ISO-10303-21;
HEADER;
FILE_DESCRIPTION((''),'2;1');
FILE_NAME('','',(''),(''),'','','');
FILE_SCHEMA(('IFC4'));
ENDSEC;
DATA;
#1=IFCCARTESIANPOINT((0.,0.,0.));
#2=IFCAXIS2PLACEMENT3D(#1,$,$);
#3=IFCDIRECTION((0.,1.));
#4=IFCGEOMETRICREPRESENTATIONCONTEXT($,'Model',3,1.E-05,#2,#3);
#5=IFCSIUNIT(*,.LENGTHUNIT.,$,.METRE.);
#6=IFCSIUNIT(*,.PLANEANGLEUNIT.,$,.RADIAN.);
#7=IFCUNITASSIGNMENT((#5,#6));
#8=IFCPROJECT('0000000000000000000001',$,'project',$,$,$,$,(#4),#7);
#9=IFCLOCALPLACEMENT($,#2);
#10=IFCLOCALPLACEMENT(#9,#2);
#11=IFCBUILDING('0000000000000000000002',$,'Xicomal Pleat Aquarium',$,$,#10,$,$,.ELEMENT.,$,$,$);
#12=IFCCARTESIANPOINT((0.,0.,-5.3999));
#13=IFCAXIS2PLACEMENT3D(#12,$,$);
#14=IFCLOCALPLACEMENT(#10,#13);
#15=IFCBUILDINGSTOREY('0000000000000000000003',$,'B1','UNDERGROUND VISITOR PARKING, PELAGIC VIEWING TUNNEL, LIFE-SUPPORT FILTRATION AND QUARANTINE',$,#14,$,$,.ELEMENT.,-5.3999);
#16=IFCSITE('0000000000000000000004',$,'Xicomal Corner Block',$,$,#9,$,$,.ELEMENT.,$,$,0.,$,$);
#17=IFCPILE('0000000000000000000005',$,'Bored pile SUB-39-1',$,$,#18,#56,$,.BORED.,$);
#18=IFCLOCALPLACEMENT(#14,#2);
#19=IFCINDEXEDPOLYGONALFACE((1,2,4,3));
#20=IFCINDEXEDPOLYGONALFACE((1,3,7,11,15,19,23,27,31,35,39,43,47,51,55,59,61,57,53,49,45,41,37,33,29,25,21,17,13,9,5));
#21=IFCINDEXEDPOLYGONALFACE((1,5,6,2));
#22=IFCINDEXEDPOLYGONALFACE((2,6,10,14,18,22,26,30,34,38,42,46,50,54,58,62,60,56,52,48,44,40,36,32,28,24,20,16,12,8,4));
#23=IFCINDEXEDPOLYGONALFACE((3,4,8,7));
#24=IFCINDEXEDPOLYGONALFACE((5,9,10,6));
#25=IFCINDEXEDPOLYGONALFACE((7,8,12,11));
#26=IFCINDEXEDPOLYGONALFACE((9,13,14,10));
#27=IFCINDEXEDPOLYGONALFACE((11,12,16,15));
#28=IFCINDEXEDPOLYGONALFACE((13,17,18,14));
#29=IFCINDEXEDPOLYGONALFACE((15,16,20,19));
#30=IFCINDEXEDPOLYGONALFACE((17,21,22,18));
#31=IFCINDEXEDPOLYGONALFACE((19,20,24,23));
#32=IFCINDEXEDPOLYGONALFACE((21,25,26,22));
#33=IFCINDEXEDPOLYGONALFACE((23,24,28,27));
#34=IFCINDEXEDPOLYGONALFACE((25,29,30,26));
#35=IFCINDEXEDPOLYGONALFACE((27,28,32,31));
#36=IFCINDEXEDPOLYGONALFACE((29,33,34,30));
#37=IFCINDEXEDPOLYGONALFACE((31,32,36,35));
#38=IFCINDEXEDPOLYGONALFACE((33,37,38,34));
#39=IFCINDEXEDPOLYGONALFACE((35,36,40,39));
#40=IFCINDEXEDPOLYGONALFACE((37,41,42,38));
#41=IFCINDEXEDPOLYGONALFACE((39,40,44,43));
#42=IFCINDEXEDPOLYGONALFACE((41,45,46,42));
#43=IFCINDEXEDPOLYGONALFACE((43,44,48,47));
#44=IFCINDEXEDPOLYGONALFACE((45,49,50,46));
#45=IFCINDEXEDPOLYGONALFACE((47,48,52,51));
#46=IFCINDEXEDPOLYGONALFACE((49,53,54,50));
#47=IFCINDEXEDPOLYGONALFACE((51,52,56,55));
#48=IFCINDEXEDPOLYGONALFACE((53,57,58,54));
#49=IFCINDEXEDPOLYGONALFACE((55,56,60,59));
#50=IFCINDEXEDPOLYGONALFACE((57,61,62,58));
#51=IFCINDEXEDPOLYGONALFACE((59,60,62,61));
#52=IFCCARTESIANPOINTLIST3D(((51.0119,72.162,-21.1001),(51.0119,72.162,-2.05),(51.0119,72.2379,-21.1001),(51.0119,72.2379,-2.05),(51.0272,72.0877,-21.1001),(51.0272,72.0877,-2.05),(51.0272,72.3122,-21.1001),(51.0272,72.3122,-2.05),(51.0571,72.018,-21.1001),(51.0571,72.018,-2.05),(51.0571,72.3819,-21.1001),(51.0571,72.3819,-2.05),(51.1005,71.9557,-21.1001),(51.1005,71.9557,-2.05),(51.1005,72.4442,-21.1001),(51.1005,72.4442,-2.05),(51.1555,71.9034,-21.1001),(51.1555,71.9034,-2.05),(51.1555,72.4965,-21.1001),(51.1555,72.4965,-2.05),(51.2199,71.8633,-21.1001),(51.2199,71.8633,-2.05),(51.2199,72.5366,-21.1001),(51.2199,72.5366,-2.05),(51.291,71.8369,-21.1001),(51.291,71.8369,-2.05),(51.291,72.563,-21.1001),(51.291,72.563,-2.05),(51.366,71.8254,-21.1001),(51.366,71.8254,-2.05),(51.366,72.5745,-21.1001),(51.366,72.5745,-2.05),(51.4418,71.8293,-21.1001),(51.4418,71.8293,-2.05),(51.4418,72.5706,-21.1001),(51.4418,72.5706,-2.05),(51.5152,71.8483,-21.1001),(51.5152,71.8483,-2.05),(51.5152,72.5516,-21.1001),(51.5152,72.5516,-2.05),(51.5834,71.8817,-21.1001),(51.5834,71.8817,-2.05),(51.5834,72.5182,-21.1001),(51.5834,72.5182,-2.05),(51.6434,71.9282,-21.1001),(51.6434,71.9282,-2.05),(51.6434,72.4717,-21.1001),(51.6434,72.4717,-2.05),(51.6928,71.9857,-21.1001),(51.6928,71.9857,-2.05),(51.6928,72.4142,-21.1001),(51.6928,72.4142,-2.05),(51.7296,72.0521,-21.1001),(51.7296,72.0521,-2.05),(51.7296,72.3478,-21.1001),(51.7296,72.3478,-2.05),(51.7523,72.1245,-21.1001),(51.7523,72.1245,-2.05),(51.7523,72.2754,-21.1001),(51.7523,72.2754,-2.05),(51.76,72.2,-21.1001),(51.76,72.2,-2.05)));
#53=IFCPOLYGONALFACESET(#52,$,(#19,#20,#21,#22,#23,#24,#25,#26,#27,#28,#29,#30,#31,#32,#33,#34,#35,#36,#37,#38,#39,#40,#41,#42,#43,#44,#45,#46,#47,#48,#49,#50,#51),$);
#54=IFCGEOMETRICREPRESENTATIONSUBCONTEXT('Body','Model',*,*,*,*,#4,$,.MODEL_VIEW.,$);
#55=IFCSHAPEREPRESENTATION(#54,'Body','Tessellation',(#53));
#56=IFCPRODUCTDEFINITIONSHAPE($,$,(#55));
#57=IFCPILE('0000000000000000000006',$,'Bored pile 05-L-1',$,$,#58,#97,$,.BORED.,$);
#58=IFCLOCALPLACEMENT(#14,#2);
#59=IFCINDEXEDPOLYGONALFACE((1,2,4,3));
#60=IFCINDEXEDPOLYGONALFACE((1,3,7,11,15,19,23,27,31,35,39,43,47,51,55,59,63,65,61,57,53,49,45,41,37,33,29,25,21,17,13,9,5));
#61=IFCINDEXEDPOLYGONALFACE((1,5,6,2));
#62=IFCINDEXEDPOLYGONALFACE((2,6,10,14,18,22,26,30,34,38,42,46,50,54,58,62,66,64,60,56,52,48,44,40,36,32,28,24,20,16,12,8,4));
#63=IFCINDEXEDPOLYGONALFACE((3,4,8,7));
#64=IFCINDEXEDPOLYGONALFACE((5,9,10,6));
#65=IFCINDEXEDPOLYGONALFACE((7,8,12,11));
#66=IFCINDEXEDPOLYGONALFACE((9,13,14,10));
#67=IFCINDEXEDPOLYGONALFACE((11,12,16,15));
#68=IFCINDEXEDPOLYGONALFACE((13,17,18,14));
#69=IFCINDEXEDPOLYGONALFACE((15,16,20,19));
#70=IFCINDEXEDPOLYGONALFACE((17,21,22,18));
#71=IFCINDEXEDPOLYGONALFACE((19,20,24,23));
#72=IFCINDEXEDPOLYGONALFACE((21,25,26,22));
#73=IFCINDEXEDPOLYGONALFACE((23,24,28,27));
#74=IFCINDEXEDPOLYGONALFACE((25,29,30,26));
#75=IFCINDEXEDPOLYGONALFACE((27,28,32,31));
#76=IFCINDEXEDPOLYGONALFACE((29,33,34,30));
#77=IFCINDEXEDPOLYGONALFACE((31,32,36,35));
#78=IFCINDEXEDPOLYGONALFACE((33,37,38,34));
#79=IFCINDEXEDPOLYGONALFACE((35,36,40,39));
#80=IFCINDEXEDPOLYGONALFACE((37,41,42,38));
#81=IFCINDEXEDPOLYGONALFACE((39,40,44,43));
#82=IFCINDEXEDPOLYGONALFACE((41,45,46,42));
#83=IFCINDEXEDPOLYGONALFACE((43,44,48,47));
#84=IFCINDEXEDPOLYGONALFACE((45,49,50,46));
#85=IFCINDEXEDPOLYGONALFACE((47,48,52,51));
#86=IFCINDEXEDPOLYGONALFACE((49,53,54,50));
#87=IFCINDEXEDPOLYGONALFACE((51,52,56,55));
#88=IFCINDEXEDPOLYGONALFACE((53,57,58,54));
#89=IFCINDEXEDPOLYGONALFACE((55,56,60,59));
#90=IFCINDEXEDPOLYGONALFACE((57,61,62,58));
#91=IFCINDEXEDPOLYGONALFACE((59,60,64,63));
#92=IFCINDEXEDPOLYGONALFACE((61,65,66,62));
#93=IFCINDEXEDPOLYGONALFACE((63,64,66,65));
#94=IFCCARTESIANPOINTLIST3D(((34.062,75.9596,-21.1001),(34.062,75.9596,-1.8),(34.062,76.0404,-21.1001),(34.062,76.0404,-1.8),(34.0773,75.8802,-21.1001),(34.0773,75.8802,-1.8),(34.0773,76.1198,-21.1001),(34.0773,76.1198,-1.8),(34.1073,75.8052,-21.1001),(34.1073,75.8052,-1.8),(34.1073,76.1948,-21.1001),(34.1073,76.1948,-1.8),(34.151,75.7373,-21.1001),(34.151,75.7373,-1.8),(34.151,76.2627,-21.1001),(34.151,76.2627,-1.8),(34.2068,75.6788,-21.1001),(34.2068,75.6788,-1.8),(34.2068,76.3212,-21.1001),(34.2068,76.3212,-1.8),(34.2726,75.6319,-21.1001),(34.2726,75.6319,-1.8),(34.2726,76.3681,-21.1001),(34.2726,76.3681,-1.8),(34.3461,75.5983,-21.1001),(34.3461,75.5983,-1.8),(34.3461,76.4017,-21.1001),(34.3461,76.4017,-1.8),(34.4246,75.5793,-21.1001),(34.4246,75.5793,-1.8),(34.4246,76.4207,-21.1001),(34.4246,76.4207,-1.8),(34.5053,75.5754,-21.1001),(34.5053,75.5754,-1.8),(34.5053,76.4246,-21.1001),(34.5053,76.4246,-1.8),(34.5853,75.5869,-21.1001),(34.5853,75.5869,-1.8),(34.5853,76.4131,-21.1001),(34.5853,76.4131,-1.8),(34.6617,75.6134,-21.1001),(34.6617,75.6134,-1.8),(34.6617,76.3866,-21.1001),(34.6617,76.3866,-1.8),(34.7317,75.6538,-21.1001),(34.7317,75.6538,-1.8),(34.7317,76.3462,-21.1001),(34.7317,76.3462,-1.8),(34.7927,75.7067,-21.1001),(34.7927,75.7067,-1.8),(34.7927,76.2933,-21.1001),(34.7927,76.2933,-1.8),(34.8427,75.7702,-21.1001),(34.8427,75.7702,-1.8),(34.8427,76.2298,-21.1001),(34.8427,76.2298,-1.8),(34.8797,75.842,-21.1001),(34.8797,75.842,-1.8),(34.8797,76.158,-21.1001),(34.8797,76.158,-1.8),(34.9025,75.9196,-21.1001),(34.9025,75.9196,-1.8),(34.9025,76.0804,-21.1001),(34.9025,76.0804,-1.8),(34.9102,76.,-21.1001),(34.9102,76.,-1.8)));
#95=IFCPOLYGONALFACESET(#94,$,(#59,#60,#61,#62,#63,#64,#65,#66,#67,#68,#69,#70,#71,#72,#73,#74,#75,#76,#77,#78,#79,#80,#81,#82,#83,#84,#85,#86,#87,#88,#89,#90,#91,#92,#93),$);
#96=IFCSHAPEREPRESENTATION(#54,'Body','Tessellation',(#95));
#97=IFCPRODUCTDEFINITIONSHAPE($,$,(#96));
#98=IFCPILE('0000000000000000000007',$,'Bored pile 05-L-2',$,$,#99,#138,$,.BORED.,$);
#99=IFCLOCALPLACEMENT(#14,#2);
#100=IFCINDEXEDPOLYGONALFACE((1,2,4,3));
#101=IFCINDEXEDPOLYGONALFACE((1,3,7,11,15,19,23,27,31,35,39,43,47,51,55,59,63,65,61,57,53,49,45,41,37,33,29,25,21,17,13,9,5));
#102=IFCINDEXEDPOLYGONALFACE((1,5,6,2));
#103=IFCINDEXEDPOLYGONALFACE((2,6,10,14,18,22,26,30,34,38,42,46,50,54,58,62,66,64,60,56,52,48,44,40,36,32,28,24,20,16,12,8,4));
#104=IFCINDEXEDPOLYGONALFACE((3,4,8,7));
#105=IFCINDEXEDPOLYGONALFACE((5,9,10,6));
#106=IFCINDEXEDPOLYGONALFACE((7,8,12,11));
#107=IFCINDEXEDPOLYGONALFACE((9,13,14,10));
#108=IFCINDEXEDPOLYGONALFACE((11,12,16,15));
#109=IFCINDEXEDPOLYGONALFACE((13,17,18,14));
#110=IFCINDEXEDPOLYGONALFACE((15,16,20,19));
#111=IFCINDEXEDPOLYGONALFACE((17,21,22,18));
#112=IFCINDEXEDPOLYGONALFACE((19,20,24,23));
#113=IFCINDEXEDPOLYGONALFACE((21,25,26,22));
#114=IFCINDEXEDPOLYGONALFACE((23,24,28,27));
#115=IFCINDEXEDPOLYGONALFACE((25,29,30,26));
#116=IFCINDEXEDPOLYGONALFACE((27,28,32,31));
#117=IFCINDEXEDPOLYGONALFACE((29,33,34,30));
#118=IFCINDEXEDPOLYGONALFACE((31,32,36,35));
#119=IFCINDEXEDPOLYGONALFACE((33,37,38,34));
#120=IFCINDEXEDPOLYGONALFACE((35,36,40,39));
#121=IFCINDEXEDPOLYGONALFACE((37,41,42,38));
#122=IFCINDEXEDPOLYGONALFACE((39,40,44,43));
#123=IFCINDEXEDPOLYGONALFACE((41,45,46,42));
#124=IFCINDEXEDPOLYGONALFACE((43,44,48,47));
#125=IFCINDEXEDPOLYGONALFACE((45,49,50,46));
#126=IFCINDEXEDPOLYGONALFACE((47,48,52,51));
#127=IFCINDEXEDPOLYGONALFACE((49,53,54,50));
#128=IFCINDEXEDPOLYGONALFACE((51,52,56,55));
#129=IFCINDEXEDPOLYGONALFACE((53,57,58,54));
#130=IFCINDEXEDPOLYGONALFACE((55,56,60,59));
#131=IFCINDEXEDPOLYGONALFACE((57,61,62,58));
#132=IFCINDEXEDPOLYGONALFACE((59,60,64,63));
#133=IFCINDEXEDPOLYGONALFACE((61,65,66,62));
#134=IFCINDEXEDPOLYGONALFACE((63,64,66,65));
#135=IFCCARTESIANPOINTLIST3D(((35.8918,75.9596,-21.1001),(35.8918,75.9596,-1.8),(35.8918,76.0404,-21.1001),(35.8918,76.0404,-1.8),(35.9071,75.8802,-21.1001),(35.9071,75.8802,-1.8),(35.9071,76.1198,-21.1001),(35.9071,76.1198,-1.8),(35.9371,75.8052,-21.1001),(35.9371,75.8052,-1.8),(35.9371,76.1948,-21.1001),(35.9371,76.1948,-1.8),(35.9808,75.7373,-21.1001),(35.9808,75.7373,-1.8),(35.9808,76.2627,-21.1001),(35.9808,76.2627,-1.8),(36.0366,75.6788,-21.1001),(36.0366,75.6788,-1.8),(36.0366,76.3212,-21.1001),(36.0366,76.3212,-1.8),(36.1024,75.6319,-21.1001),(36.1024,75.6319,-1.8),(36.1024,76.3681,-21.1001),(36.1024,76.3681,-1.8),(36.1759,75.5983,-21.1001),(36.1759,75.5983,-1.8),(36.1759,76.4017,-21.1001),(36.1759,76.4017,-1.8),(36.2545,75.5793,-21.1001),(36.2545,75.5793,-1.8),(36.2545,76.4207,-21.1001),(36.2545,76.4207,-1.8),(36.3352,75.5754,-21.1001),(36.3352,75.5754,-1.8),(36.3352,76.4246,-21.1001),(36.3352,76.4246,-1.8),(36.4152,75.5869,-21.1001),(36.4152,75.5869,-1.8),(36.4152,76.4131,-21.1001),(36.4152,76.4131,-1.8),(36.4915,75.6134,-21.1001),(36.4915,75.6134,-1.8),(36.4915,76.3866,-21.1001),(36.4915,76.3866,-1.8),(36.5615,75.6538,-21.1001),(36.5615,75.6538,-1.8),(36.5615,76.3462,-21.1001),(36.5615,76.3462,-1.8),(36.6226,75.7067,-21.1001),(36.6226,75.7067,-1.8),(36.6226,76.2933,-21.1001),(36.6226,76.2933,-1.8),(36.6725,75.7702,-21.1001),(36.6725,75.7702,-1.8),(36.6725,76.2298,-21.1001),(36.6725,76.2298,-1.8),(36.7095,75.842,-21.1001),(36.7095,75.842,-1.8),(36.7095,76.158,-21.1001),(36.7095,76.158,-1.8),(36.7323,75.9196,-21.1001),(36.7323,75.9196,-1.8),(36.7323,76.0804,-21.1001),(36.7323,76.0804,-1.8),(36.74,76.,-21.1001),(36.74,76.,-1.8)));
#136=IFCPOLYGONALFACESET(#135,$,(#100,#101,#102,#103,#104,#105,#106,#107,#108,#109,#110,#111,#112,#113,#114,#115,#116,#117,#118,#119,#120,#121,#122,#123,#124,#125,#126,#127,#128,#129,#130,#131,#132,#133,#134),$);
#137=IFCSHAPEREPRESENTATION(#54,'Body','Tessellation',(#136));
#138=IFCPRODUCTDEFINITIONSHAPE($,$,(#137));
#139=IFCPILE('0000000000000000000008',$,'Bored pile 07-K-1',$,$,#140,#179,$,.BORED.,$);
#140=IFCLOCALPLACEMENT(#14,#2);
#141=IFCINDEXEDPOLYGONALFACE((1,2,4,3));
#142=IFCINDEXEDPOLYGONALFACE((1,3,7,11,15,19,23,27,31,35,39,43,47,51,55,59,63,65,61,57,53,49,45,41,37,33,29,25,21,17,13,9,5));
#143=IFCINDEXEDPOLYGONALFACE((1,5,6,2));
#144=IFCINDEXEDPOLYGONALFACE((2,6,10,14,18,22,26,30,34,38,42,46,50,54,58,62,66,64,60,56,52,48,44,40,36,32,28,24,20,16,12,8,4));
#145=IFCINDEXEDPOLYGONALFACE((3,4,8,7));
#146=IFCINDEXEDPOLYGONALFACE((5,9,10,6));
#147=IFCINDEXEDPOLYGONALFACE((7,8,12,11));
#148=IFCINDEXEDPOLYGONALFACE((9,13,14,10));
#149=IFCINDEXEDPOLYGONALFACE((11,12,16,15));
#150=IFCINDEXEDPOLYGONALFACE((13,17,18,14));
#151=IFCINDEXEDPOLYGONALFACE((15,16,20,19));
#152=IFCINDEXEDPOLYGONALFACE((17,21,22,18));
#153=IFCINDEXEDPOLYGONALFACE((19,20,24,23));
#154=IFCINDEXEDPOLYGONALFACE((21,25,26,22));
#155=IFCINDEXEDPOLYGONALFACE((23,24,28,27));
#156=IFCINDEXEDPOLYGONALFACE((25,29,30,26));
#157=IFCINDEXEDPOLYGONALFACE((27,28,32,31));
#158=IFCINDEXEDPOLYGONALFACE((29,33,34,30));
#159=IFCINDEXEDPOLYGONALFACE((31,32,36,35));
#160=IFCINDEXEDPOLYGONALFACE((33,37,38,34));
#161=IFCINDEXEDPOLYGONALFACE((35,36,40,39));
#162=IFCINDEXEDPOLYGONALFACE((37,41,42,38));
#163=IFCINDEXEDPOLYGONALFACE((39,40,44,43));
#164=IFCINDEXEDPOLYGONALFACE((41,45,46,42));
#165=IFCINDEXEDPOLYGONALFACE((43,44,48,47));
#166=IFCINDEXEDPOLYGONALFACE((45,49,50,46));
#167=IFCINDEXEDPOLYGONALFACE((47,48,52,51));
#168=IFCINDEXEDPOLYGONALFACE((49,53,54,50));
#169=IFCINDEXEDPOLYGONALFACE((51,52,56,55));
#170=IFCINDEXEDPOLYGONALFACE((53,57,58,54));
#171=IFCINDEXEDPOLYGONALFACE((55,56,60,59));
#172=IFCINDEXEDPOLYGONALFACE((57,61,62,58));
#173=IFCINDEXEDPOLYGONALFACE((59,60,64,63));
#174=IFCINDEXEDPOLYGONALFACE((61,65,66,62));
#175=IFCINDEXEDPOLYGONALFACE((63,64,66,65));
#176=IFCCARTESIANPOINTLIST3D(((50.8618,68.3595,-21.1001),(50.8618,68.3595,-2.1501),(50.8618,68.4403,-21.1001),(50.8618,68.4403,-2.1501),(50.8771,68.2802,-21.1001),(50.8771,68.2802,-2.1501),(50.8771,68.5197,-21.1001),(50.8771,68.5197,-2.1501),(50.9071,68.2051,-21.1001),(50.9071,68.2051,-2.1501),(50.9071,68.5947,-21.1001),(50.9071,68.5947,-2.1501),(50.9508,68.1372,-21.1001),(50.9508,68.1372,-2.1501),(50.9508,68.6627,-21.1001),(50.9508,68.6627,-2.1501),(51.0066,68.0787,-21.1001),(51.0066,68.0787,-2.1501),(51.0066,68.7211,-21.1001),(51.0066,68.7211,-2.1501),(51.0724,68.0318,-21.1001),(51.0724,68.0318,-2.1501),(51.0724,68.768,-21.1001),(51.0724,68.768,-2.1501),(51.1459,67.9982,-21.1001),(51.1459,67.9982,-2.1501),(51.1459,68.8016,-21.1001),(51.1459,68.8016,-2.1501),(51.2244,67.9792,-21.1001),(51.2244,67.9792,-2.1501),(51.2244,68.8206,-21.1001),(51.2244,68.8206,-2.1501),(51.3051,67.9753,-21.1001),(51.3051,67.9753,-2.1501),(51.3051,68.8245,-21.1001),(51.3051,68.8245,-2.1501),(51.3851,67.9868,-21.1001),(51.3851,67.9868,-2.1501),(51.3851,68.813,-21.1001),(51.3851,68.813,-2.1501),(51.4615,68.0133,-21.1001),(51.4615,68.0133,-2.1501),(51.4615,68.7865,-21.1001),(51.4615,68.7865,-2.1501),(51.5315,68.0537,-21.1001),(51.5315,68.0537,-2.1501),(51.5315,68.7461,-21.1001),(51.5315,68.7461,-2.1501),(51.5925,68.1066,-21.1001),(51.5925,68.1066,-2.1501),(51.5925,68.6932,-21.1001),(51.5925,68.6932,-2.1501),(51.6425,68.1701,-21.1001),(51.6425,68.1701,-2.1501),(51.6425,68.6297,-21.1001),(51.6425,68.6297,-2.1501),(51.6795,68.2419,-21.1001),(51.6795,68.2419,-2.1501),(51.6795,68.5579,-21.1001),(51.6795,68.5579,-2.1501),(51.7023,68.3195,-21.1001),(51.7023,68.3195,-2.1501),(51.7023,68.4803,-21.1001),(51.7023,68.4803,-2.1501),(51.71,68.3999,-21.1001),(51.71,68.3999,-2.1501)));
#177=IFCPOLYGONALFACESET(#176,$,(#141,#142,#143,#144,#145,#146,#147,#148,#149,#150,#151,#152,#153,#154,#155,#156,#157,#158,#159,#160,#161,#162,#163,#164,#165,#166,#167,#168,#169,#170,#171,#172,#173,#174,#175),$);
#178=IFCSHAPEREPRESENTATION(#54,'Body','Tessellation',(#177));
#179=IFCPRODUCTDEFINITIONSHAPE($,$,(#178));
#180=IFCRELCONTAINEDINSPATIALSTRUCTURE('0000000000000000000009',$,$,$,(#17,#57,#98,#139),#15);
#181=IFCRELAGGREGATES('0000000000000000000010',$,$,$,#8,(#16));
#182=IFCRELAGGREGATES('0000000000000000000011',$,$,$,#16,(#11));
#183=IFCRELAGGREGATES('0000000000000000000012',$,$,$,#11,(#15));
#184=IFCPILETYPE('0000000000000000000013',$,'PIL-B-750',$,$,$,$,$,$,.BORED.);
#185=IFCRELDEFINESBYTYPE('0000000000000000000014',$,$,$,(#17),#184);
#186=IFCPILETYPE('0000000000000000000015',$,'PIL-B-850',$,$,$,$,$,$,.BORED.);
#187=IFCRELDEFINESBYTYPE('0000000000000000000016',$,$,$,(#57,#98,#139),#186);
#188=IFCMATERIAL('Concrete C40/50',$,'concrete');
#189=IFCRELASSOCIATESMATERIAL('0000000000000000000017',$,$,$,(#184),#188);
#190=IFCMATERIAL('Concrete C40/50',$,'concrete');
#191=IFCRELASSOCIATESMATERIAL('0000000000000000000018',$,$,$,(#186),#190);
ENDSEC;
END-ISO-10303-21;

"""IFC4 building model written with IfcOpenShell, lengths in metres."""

from ifc_helpers import new_model, si_unit, direction, frame, origin, origin_2d, place, context, subcontext, project, spatial, circle, extrude, material, material_profile, profile_set, type_object, element, save


model = new_model("IFC4")

# Units and contexts
model_context = context("Model", 3, precision=1e-05, world=origin(), true_north=direction((0.0, 1.0)))
body_context = subcontext(model_context, "Body", "Model", "MODEL_VIEW")
ifc_project = project(units=[si_unit("LENGTHUNIT", "METRE"), si_unit("PLANEANGLEUNIT", "RADIAN")], contexts=[model_context])

# Site, building, storey
site_placement = place(None, origin())
site = spatial("IfcSite", under=ifc_project, at=site_placement, Name="Xicomal Corner Block", CompositionType="ELEMENT", RefElevation=0.0)
building_placement = place(site_placement, origin())
building = spatial("IfcBuilding", under=site, at=building_placement, Name="Xicomal Pleat Aquarium", CompositionType="ELEMENT")
storey_placement = place(building_placement, frame((0.0, 0.0, -5.3999)))
storey = spatial("IfcBuildingStorey", under=building, at=storey_placement, Name="B1", Description="UNDERGROUND VISITOR PARKING, PELAGIC VIEWING TUNNEL, LIFE-SUPPORT FILTRATION AND QUARANTINE", CompositionType="ELEMENT", Elevation=-5.3999)

# Piles
ifc_material_1 = material(Name="Concrete C40/50", Category="concrete")
ifc_material_profile_1 = material_profile(ifc_material_1, circle(Radius=0.375, at=origin_2d()), Name="BORED PILE D750")
ifc_profile_set_1 = profile_set([ifc_material_profile_1], Name="Concrete C40/50")
pile_type_1 = type_object("IfcPileType", Name="PIL-B-750", PredefinedType="BORED", material=ifc_profile_set_1)
for number, where, z_axis, x_axis, name in (
    (1, (51.385, 72.2, -2.05), (0.0, 0.0, -1.0), (1.0, 0.0, 0.0), "Bored pile SUB-39-1"),
):
    element("IfcPile", number, at=place(storey_placement, frame(where, z_axis=z_axis, x_axis=x_axis)), inside=storey, type_object=pile_type_1, Name=name, PredefinedType="BORED", context=body_context, shape_type="SweptSolid", body=[
        extrude(circle(Radius=0.375, at=origin_2d()), origin(), (0.0, 0.0, 1.0), 19.05),
    ])
ifc_material_2 = material(Name="Concrete C40/50", Category="concrete")
ifc_material_profile_2 = material_profile(ifc_material_2, circle(Radius=0.425, at=origin_2d()), Name="BORED PILE D850")
ifc_profile_set_2 = profile_set([ifc_material_profile_2], Name="Concrete C40/50")
pile_type_2 = type_object("IfcPileType", Name="PIL-B-850", PredefinedType="BORED", material=ifc_profile_set_2)
for number, where, z_axis, x_axis, name in (
    (2, (34.4851, 76.0, -1.8), (0.0, 0.0, -1.0), (1.0, 0.0, 0.0), "Bored pile 05-L-1"),
    (3, (36.3149, 76.0, -1.8), (0.0, 0.0, -1.0), (1.0, 0.0, 0.0), "Bored pile 05-L-2"),
):
    element("IfcPile", number, at=place(storey_placement, frame(where, z_axis=z_axis, x_axis=x_axis)), inside=storey, type_object=pile_type_2, Name=name, PredefinedType="BORED", context=body_context, shape_type="SweptSolid", body=[
        extrude(circle(Radius=0.425, at=origin_2d()), origin(), (0.0, 0.0, 1.0), 19.3),
    ])
pile_placement = place(storey_placement, frame((51.2849, 68.3999, -2.1501), z_axis=(0.0, 0.0, -1.0), x_axis=(1.0, 0.0, 0.0)))
element("IfcPile", 4, at=pile_placement, inside=storey, type_object=pile_type_2, Name="Bored pile 07-K-1", PredefinedType="BORED", context=body_context, shape_type="SweptSolid", body=[
    extrude(circle(Radius=0.425, at=origin_2d()), origin(), (0.0, 0.0, 1.0), 18.95),
])

save(model, "model.ifc")
